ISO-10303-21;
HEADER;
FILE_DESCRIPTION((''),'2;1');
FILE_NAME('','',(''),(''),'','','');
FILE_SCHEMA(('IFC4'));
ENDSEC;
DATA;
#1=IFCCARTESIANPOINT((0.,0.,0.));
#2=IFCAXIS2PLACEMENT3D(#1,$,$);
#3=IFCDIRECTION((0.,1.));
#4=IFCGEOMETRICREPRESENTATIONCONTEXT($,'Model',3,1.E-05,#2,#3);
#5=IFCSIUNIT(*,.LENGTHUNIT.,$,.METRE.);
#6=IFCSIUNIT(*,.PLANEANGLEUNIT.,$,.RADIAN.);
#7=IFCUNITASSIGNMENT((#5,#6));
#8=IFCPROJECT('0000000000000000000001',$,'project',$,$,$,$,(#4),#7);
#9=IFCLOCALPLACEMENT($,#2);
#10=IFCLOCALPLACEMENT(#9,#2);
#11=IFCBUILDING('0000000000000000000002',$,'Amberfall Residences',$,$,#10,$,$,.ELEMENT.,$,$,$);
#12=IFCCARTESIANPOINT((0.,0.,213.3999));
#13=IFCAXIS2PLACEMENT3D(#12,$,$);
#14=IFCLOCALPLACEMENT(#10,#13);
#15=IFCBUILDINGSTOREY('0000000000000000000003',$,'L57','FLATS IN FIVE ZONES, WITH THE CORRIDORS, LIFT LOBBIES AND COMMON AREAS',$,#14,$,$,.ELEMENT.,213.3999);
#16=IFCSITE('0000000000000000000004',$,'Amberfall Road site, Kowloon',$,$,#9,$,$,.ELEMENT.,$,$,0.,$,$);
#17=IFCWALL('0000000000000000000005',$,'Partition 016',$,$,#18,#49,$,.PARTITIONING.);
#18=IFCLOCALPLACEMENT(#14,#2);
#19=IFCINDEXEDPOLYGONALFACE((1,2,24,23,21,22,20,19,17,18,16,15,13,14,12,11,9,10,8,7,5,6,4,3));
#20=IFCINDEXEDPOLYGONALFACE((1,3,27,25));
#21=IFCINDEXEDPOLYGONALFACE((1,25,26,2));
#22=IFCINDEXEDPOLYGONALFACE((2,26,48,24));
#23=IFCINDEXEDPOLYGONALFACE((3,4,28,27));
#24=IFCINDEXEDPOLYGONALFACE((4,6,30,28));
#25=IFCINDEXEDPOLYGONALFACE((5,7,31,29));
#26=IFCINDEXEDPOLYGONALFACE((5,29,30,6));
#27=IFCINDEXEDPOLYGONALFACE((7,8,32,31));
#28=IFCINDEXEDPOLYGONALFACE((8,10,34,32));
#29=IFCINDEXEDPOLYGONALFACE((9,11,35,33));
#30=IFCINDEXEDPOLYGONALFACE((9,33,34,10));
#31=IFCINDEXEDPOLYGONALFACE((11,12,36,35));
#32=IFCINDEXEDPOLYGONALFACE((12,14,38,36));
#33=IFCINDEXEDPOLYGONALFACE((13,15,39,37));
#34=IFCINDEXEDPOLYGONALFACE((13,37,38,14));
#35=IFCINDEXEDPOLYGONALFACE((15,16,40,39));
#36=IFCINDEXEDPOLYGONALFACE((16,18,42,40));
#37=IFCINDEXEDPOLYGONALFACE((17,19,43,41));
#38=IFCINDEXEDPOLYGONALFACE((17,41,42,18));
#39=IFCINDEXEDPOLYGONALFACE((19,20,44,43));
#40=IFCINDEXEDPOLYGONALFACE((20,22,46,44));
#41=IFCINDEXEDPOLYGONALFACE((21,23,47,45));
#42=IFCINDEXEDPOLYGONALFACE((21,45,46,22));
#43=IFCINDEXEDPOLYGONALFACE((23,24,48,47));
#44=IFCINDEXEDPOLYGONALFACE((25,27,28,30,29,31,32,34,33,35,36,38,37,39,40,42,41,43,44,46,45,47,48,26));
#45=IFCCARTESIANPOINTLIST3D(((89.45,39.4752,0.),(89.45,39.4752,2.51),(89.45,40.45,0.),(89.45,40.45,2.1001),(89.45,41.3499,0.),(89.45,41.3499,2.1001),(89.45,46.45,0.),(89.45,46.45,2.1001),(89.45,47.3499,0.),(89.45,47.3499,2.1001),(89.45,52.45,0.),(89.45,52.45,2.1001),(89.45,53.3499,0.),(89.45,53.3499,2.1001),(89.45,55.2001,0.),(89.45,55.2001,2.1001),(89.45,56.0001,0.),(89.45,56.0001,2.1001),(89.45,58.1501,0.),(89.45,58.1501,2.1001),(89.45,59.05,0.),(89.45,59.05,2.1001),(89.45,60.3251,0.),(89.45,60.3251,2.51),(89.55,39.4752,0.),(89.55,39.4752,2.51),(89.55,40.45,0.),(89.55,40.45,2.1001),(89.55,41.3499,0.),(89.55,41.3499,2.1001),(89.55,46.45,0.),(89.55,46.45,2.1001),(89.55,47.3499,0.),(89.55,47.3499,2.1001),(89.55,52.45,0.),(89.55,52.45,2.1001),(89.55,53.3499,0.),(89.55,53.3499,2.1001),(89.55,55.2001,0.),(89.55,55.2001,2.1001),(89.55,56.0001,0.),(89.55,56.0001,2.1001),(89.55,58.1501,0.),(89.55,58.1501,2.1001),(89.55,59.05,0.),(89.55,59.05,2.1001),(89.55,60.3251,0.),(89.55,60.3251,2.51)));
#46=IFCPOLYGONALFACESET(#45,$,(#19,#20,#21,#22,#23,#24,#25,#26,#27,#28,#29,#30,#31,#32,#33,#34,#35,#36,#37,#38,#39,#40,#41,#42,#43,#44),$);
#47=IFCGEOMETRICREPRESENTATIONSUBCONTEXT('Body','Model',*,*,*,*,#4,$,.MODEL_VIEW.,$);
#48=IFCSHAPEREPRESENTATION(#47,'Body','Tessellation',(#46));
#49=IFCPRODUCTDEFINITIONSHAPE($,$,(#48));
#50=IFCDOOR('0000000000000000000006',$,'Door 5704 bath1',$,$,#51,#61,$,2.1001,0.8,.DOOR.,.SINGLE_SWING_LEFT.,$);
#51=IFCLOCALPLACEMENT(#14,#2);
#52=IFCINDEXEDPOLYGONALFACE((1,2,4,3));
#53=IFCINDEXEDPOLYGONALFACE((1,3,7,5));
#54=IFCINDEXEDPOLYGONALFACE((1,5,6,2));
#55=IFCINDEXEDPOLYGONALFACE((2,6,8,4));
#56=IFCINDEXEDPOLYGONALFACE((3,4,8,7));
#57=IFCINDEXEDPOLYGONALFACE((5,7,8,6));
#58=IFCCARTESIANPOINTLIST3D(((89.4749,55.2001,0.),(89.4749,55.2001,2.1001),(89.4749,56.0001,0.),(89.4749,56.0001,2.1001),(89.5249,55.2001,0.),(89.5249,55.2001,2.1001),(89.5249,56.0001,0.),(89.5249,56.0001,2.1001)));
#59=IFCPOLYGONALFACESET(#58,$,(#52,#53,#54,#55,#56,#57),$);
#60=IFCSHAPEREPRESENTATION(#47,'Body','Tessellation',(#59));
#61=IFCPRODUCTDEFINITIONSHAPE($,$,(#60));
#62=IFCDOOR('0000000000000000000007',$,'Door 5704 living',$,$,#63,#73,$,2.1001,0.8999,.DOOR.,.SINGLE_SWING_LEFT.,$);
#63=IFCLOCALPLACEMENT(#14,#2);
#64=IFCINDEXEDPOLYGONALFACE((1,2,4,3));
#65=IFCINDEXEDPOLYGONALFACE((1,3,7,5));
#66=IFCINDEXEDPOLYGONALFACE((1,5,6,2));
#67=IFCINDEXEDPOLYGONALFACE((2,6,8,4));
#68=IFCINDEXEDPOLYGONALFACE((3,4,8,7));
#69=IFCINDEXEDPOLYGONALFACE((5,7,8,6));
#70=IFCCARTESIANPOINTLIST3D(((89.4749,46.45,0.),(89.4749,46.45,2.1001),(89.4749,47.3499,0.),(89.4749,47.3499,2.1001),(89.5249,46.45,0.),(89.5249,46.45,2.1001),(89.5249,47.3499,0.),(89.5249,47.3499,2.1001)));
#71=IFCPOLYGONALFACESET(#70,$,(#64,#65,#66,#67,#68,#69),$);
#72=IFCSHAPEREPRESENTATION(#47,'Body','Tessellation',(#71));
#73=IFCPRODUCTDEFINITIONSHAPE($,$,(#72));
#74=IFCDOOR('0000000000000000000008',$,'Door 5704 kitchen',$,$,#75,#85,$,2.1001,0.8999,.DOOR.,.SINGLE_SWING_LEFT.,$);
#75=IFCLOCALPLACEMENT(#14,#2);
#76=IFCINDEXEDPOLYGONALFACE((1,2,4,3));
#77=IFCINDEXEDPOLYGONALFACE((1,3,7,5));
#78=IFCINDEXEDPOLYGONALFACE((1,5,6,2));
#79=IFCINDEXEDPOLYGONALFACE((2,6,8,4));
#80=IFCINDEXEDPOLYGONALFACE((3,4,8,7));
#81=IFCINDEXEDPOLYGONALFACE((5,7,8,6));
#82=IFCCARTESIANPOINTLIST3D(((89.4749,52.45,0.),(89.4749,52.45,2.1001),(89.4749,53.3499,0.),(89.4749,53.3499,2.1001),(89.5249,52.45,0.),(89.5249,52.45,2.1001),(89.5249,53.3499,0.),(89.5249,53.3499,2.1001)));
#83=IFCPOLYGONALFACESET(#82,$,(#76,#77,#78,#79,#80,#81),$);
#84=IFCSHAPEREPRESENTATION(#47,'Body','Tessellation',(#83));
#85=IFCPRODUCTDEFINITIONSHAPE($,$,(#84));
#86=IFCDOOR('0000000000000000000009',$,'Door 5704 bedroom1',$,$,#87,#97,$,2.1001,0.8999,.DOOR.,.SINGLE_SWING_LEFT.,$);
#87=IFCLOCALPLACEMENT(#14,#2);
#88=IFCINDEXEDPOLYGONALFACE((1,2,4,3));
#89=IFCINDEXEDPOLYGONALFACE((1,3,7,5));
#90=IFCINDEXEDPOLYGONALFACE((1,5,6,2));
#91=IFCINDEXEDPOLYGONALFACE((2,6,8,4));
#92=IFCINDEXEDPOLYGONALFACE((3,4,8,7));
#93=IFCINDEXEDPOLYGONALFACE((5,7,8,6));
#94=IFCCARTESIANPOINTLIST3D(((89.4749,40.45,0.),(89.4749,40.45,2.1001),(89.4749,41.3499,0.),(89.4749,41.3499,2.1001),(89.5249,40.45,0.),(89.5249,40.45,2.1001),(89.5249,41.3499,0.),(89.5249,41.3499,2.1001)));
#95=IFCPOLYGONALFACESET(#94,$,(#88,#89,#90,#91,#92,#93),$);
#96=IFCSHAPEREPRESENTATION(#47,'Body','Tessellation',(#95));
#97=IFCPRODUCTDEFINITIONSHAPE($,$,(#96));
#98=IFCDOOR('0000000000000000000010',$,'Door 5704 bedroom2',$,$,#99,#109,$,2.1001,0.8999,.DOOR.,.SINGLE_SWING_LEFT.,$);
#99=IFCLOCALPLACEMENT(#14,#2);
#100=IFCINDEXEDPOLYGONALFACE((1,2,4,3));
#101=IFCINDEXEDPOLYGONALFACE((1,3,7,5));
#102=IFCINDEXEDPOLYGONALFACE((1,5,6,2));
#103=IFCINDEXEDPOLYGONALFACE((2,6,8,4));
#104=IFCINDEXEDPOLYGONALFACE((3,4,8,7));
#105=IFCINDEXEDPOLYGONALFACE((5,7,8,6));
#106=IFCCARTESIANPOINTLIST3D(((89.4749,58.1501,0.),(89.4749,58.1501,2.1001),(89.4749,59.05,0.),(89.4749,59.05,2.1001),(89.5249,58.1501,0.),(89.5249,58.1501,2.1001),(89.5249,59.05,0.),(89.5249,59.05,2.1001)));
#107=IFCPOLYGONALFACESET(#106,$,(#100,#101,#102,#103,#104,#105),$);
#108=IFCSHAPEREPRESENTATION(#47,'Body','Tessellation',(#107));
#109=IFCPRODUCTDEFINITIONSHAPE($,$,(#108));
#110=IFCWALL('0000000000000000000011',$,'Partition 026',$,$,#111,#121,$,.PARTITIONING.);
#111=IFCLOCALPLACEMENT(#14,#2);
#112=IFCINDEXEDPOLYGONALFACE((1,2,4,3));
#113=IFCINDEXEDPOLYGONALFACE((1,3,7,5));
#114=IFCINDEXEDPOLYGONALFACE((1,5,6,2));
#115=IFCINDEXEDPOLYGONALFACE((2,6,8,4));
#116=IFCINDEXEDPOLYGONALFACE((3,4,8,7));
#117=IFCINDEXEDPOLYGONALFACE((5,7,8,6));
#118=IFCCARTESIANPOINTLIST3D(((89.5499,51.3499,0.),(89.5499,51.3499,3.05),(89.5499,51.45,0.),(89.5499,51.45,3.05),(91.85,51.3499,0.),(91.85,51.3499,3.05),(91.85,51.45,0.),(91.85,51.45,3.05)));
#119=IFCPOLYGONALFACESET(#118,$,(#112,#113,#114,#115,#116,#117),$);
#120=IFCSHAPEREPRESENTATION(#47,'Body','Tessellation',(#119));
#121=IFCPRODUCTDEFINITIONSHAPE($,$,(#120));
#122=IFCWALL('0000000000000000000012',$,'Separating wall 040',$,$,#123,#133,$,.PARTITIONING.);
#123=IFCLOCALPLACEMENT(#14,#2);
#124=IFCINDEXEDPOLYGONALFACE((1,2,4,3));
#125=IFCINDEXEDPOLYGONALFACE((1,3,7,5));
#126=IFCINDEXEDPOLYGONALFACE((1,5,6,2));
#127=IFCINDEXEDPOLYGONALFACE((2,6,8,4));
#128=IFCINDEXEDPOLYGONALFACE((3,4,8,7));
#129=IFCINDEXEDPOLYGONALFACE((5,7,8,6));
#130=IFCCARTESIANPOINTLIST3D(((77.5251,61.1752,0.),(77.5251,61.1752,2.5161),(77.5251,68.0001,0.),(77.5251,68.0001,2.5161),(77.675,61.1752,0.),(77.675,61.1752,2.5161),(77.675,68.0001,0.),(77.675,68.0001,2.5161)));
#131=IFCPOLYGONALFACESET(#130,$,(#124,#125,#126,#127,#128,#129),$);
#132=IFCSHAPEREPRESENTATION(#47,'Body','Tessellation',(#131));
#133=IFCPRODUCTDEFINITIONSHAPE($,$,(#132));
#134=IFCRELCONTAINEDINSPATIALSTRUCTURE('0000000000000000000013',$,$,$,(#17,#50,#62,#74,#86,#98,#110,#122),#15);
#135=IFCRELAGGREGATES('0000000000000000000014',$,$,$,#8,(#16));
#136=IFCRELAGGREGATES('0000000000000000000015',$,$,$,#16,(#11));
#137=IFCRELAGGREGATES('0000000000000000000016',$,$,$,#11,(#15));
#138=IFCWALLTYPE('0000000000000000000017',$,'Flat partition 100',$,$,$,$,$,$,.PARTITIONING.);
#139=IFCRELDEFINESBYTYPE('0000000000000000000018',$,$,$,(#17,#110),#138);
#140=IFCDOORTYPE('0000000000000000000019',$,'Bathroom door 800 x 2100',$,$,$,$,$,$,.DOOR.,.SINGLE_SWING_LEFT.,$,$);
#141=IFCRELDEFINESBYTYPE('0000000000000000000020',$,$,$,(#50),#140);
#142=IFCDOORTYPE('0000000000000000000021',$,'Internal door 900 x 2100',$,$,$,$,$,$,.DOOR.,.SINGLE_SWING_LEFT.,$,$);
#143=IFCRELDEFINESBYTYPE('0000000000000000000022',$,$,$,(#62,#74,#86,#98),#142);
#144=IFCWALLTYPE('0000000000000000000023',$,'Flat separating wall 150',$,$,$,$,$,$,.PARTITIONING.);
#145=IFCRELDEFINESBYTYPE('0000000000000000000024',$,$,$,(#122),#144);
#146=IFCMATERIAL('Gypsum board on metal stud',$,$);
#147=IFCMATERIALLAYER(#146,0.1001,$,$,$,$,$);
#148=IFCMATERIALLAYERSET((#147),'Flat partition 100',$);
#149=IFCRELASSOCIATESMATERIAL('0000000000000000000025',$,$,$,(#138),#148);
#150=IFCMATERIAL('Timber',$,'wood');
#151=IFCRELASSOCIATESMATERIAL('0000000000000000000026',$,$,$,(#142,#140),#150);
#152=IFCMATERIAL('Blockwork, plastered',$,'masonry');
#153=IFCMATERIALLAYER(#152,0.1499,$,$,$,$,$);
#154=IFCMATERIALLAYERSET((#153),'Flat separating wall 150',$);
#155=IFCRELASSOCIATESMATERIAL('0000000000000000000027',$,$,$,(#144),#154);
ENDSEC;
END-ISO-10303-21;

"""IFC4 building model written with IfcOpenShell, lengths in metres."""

from ifc_helpers import new_model, si_unit, direction, frame, frame_2d, origin, place, context, subcontext, project, spatial, rectangle, extrude, material, layer, layer_set, type_object, element, fill, save


model = new_model("IFC4")

# Units and contexts
model_context = context("Model", 3, precision=1e-05, world=origin(), true_north=direction((0.0, 1.0)))
body_context = subcontext(model_context, "Body", "Model", "MODEL_VIEW")
ifc_project = project(units=[si_unit("LENGTHUNIT", "METRE"), si_unit("PLANEANGLEUNIT", "RADIAN")], contexts=[model_context])

# Site, building, storey
site_placement = place(None, origin())
site = spatial("IfcSite", under=ifc_project, at=site_placement, Name="Amberfall Road site, Kowloon", CompositionType="ELEMENT", RefElevation=0.0)
building_placement = place(site_placement, origin())
building = spatial("IfcBuilding", under=site, at=building_placement, Name="Amberfall Residences", CompositionType="ELEMENT")
storey_placement = place(building_placement, frame((0.0, 0.0, 213.3999)))
storey = spatial("IfcBuildingStorey", under=building, at=storey_placement, Name="L57", Description="FLATS IN FIVE ZONES, WITH THE CORRIDORS, LIFT LOBBIES AND COMMON AREAS", CompositionType="ELEMENT", Elevation=213.3999)

# Shared definitions
ifc_material_1 = material(Name="Gypsum board on metal stud")
ifc_layer_1 = layer(ifc_material_1, 0.1001)
ifc_layer_set_1 = layer_set([ifc_layer_1], Name="Flat partition 100")
wall_type_1 = type_object("IfcWallType", Name="Flat partition 100", PredefinedType="PARTITIONING", material=ifc_layer_set_1)

# Wall, openings, doors
ifc_material_2 = material(Name="Timber", Category="wood")
door_type_1 = type_object("IfcDoorType", Name="Internal door 900 x 2100", OperationType="SINGLE_SWING_LEFT", PredefinedType="DOOR", material=ifc_material_2)
wall_1_placement = place(storey_placement, frame((89.5, 60.325, 0.0), z_axis=(0.0, 0.0, 1.0), x_axis=(0.0, -1.0, 0.0)))
wall_1 = element("IfcWall", 1, at=wall_1_placement, inside=storey, type_object=wall_type_1, Name="Partition 016", PredefinedType="PARTITIONING", context=body_context, shape_type="SweptSolid", body=[
    extrude(rectangle(XDim=20.8499, YDim=0.1001, at=frame_2d((10.4248, 0.0))), origin(), (0.0, 0.0, 1.0), 2.51),
])
opening_1_placement = place(wall_1_placement, frame((12.9751, 0.0, 0.0)))
opening_1 = element("IfcOpeningElement", 2, at=opening_1_placement, cuts=wall_1, PredefinedType="OPENING", context=body_context, shape_type="SweptSolid", body=[
    extrude(rectangle(XDim=0.8999, YDim=2.1001, at=frame_2d((0.45, 1.05))), frame((0.0, 0.0601, 0.0), z_axis=(0.0, -1.0, 0.0), x_axis=(1.0, 0.0, 0.0)), (0.0, 0.0, 1.0), 0.1201),
])
opening_2_placement = place(wall_1_placement, frame((6.9751, 0.0, 0.0)))
opening_2 = element("IfcOpeningElement", 3, at=opening_2_placement, cuts=wall_1, PredefinedType="OPENING", context=body_context, shape_type="SweptSolid", body=[
    extrude(rectangle(XDim=0.8999, YDim=2.1001, at=frame_2d((0.45, 1.05))), frame((0.0, 0.0601, 0.0), z_axis=(0.0, -1.0, 0.0), x_axis=(1.0, 0.0, 0.0)), (0.0, 0.0, 1.0), 0.1201),
])
opening_3_placement = place(wall_1_placement, frame((18.9751, 0.0, 0.0)))
opening_3 = element("IfcOpeningElement", 4, at=opening_3_placement, cuts=wall_1, PredefinedType="OPENING", context=body_context, shape_type="SweptSolid", body=[
    extrude(rectangle(XDim=0.8999, YDim=2.1001, at=frame_2d((0.45, 1.05))), frame((0.0, 0.0601, 0.0), z_axis=(0.0, -1.0, 0.0), x_axis=(1.0, 0.0, 0.0)), (0.0, 0.0, 1.0), 0.1201),
])
opening_4_placement = place(wall_1_placement, frame((1.2749, 0.0, 0.0)))
opening_4 = element("IfcOpeningElement", 5, at=opening_4_placement, cuts=wall_1, PredefinedType="OPENING", context=body_context, shape_type="SweptSolid", body=[
    extrude(rectangle(XDim=0.8999, YDim=2.1001, at=frame_2d((0.45, 1.05))), frame((0.0, 0.0601, 0.0), z_axis=(0.0, -1.0, 0.0), x_axis=(1.0, 0.0, 0.0)), (0.0, 0.0, 1.0), 0.1201),
])
opening_5_placement = place(wall_1_placement, frame((4.325, 0.0, 0.0)))
opening_5 = element("IfcOpeningElement", 6, at=opening_5_placement, cuts=wall_1, PredefinedType="OPENING", context=body_context, shape_type="SweptSolid", body=[
    extrude(rectangle(XDim=0.8, YDim=2.1001, at=frame_2d((0.3999, 1.05))), frame((0.0, 0.0601, 0.0), z_axis=(0.0, -1.0, 0.0), x_axis=(1.0, 0.0, 0.0)), (0.0, 0.0, 1.0), 0.1201),
])
door_type_2 = type_object("IfcDoorType", Name="Bathroom door 800 x 2100", OperationType="SINGLE_SWING_LEFT", PredefinedType="DOOR", material=ifc_material_2)
door_1_placement = place(opening_5_placement, origin())
door_1 = element("IfcDoor", 7, at=door_1_placement, inside=storey, type_object=door_type_2, Name="Door 5704 bath1", OperationType="SINGLE_SWING_LEFT", OverallHeight=2.1001, OverallWidth=0.8, PredefinedType="DOOR", context=body_context, shape_type="SweptSolid", body=[
    extrude(rectangle(XDim=0.8, YDim=2.1001, at=frame_2d((0.3999, 1.05))), frame((0.0, 0.0249, 0.0), z_axis=(0.0, -1.0, 0.0), x_axis=(1.0, 0.0, 0.0)), (0.0, 0.0, 1.0), 0.05),
])
fill(opening_5, door_1)
door_2_placement = place(opening_1_placement, origin())
door_2 = element("IfcDoor", 8, at=door_2_placement, inside=storey, type_object=door_type_1, Name="Door 5704 living", OperationType="SINGLE_SWING_LEFT", OverallHeight=2.1001, OverallWidth=0.8999, PredefinedType="DOOR", context=body_context, shape_type="SweptSolid", body=[
    extrude(rectangle(XDim=0.8999, YDim=2.1001, at=frame_2d((0.45, 1.05))), frame((0.0, 0.0249, 0.0), z_axis=(0.0, -1.0, 0.0), x_axis=(1.0, 0.0, 0.0)), (0.0, 0.0, 1.0), 0.05),
])
fill(opening_1, door_2)
door_3_placement = place(opening_2_placement, origin())
door_3 = element("IfcDoor", 9, at=door_3_placement, inside=storey, type_object=door_type_1, Name="Door 5704 kitchen", OperationType="SINGLE_SWING_LEFT", OverallHeight=2.1001, OverallWidth=0.8999, PredefinedType="DOOR", context=body_context, shape_type="SweptSolid", body=[
    extrude(rectangle(XDim=0.8999, YDim=2.1001, at=frame_2d((0.45, 1.05))), frame((0.0, 0.0249, 0.0), z_axis=(0.0, -1.0, 0.0), x_axis=(1.0, 0.0, 0.0)), (0.0, 0.0, 1.0), 0.05),
])
fill(opening_2, door_3)
door_4_placement = place(opening_3_placement, origin())
door_4 = element("IfcDoor", 10, at=door_4_placement, inside=storey, type_object=door_type_1, Name="Door 5704 bedroom1", OperationType="SINGLE_SWING_LEFT", OverallHeight=2.1001, OverallWidth=0.8999, PredefinedType="DOOR", context=body_context, shape_type="SweptSolid", body=[
    extrude(rectangle(XDim=0.8999, YDim=2.1001, at=frame_2d((0.45, 1.05))), frame((0.0, 0.0249, 0.0), z_axis=(0.0, -1.0, 0.0), x_axis=(1.0, 0.0, 0.0)), (0.0, 0.0, 1.0), 0.05),
])
fill(opening_3, door_4)
door_5_placement = place(opening_4_placement, origin())
door_5 = element("IfcDoor", 11, at=door_5_placement, inside=storey, type_object=door_type_1, Name="Door 5704 bedroom2", OperationType="SINGLE_SWING_LEFT", OverallHeight=2.1001, OverallWidth=0.8999, PredefinedType="DOOR", context=body_context, shape_type="SweptSolid", body=[
    extrude(rectangle(XDim=0.8999, YDim=2.1001, at=frame_2d((0.45, 1.05))), frame((0.0, 0.0249, 0.0), z_axis=(0.0, -1.0, 0.0), x_axis=(1.0, 0.0, 0.0)), (0.0, 0.0, 1.0), 0.05),
])
fill(opening_4, door_5)

# Walls
wall_2_placement = place(storey_placement, frame((89.55, 51.3999, 0.0), z_axis=(0.0, 0.0, 1.0), x_axis=(1.0, 0.0, 0.0)))
element("IfcWall", 12, at=wall_2_placement, inside=storey, type_object=wall_type_1, Name="Partition 026", PredefinedType="PARTITIONING", context=body_context, shape_type="SweptSolid", body=[
    extrude(rectangle(XDim=2.3, YDim=0.1001, at=frame_2d((1.1499, 0.0))), origin(), (0.0, 0.0, 1.0), 3.05),
])
ifc_material_3 = material(Name="Blockwork, plastered", Category="masonry")
ifc_layer_2 = layer(ifc_material_3, 0.1499)
ifc_layer_set_2 = layer_set([ifc_layer_2], Name="Flat separating wall 150")
wall_type_2 = type_object("IfcWallType", Name="Flat separating wall 150", PredefinedType="PARTITIONING", material=ifc_layer_set_2)
wall_3_placement = place(storey_placement, frame((77.6001, 61.175, 0.0), z_axis=(0.0, 0.0, 1.0), x_axis=(0.0, 1.0, 0.0)))
element("IfcWall", 13, at=wall_3_placement, inside=storey, type_object=wall_type_2, Name="Separating wall 040", PredefinedType="PARTITIONING", context=body_context, shape_type="SweptSolid", body=[
    extrude(rectangle(XDim=6.825, YDim=0.1499, at=frame_2d((3.4126, 0.0))), origin(), (0.0, 0.0, 1.0), 2.5161),
])

save(model, "model.ifc")
